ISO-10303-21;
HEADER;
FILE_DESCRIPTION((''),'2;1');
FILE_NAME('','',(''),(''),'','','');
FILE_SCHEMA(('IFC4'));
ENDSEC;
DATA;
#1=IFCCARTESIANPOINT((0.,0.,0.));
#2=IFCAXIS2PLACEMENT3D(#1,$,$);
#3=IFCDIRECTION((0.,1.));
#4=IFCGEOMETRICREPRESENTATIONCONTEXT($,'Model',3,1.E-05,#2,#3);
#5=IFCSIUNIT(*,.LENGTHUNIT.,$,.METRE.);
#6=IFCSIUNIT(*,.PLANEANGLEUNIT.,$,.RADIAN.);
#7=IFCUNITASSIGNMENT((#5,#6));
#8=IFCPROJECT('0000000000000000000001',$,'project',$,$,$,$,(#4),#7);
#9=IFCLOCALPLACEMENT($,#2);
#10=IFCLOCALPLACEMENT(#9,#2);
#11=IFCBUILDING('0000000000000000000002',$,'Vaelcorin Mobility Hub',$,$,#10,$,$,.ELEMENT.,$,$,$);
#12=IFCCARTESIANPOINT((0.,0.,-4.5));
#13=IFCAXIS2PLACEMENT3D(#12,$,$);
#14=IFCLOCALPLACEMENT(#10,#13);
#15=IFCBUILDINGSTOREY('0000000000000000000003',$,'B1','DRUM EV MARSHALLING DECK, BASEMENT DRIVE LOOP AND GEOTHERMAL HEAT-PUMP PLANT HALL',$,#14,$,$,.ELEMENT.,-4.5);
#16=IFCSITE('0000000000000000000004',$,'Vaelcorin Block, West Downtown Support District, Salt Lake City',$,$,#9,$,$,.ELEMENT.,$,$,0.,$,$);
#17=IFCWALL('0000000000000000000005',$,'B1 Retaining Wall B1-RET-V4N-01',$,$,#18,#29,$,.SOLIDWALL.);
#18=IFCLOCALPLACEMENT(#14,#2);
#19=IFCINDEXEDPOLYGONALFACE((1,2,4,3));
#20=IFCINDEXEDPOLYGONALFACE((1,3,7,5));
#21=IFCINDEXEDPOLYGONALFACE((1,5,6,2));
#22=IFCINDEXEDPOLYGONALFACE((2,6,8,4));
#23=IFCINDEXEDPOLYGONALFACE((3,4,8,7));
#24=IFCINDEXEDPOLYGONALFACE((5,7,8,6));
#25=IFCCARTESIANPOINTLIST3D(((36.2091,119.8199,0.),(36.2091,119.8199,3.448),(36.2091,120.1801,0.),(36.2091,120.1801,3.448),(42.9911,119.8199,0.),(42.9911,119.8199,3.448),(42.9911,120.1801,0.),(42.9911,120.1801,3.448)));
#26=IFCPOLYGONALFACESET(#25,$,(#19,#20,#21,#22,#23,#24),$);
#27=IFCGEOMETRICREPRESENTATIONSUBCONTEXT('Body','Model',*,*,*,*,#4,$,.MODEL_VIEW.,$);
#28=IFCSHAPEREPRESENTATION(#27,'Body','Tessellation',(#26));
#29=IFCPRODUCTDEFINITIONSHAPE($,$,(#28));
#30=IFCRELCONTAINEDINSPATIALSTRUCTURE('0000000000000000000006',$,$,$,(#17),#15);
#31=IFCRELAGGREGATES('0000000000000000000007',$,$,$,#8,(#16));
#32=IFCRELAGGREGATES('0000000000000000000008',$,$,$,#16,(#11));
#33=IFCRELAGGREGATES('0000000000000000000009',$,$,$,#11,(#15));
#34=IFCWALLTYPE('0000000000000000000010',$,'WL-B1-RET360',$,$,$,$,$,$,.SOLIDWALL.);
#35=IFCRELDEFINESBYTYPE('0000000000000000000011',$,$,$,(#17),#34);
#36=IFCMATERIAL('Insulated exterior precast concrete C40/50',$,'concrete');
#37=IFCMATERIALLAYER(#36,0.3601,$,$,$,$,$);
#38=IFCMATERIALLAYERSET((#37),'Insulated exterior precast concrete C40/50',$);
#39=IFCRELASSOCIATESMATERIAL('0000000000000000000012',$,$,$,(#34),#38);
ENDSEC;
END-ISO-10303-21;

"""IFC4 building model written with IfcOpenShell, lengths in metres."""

from ifc_helpers import new_model, si_unit, direction, frame, frame_2d, origin, place, context, subcontext, project, spatial, rectangle, extrude, material, layer, layer_set, type_object, element, save


model = new_model("IFC4")

# Units and contexts
model_context = context("Model", 3, precision=1e-05, world=origin(), true_north=direction((0.0, 1.0)))
body_context = subcontext(model_context, "Body", "Model", "MODEL_VIEW")
ifc_project = project(units=[si_unit("LENGTHUNIT", "METRE"), si_unit("PLANEANGLEUNIT", "RADIAN")], contexts=[model_context])

# Site, building, storey
site_placement = place(None, origin())
site = spatial("IfcSite", under=ifc_project, at=site_placement, Name="Vaelcorin Block, West Downtown Support District, Salt Lake City", CompositionType="ELEMENT", RefElevation=0.0)
building_placement = place(site_placement, origin())
building = spatial("IfcBuilding", under=site, at=building_placement, Name="Vaelcorin Mobility Hub", CompositionType="ELEMENT")
storey_placement = place(building_placement, frame((0.0, 0.0, -4.5)))
storey = spatial("IfcBuildingStorey", under=building, at=storey_placement, Name="B1", Description="DRUM EV MARSHALLING DECK, BASEMENT DRIVE LOOP AND GEOTHERMAL HEAT-PUMP PLANT HALL", CompositionType="ELEMENT", Elevation=-4.5)

# Wall
ifc_material_1 = material(Name="Insulated exterior precast concrete C40/50", Category="concrete")
ifc_layer = layer(ifc_material_1, 0.3601)
ifc_layer_set = layer_set([ifc_layer], Name="Insulated exterior precast concrete C40/50")
wall_type = type_object("IfcWallType", Name="WL-B1-RET360", PredefinedType="SOLIDWALL", material=ifc_layer_set)
wall_placement = place(storey_placement, frame((36.209, 120.0, 0.0), z_axis=(0.0, 0.0, 1.0), x_axis=(1.0, 0.0, 0.0)))
element("IfcWall", 1, at=wall_placement, inside=storey, type_object=wall_type, Name="B1 Retaining Wall B1-RET-V4N-01", PredefinedType="SOLIDWALL", context=body_context, shape_type="SweptSolid", body=[
    extrude(rectangle(XDim=6.782, YDim=0.3601, at=frame_2d((3.3911, 0.0))), origin(), (0.0, 0.0, 1.0), 3.448),
])

save(model, "model.ifc")
